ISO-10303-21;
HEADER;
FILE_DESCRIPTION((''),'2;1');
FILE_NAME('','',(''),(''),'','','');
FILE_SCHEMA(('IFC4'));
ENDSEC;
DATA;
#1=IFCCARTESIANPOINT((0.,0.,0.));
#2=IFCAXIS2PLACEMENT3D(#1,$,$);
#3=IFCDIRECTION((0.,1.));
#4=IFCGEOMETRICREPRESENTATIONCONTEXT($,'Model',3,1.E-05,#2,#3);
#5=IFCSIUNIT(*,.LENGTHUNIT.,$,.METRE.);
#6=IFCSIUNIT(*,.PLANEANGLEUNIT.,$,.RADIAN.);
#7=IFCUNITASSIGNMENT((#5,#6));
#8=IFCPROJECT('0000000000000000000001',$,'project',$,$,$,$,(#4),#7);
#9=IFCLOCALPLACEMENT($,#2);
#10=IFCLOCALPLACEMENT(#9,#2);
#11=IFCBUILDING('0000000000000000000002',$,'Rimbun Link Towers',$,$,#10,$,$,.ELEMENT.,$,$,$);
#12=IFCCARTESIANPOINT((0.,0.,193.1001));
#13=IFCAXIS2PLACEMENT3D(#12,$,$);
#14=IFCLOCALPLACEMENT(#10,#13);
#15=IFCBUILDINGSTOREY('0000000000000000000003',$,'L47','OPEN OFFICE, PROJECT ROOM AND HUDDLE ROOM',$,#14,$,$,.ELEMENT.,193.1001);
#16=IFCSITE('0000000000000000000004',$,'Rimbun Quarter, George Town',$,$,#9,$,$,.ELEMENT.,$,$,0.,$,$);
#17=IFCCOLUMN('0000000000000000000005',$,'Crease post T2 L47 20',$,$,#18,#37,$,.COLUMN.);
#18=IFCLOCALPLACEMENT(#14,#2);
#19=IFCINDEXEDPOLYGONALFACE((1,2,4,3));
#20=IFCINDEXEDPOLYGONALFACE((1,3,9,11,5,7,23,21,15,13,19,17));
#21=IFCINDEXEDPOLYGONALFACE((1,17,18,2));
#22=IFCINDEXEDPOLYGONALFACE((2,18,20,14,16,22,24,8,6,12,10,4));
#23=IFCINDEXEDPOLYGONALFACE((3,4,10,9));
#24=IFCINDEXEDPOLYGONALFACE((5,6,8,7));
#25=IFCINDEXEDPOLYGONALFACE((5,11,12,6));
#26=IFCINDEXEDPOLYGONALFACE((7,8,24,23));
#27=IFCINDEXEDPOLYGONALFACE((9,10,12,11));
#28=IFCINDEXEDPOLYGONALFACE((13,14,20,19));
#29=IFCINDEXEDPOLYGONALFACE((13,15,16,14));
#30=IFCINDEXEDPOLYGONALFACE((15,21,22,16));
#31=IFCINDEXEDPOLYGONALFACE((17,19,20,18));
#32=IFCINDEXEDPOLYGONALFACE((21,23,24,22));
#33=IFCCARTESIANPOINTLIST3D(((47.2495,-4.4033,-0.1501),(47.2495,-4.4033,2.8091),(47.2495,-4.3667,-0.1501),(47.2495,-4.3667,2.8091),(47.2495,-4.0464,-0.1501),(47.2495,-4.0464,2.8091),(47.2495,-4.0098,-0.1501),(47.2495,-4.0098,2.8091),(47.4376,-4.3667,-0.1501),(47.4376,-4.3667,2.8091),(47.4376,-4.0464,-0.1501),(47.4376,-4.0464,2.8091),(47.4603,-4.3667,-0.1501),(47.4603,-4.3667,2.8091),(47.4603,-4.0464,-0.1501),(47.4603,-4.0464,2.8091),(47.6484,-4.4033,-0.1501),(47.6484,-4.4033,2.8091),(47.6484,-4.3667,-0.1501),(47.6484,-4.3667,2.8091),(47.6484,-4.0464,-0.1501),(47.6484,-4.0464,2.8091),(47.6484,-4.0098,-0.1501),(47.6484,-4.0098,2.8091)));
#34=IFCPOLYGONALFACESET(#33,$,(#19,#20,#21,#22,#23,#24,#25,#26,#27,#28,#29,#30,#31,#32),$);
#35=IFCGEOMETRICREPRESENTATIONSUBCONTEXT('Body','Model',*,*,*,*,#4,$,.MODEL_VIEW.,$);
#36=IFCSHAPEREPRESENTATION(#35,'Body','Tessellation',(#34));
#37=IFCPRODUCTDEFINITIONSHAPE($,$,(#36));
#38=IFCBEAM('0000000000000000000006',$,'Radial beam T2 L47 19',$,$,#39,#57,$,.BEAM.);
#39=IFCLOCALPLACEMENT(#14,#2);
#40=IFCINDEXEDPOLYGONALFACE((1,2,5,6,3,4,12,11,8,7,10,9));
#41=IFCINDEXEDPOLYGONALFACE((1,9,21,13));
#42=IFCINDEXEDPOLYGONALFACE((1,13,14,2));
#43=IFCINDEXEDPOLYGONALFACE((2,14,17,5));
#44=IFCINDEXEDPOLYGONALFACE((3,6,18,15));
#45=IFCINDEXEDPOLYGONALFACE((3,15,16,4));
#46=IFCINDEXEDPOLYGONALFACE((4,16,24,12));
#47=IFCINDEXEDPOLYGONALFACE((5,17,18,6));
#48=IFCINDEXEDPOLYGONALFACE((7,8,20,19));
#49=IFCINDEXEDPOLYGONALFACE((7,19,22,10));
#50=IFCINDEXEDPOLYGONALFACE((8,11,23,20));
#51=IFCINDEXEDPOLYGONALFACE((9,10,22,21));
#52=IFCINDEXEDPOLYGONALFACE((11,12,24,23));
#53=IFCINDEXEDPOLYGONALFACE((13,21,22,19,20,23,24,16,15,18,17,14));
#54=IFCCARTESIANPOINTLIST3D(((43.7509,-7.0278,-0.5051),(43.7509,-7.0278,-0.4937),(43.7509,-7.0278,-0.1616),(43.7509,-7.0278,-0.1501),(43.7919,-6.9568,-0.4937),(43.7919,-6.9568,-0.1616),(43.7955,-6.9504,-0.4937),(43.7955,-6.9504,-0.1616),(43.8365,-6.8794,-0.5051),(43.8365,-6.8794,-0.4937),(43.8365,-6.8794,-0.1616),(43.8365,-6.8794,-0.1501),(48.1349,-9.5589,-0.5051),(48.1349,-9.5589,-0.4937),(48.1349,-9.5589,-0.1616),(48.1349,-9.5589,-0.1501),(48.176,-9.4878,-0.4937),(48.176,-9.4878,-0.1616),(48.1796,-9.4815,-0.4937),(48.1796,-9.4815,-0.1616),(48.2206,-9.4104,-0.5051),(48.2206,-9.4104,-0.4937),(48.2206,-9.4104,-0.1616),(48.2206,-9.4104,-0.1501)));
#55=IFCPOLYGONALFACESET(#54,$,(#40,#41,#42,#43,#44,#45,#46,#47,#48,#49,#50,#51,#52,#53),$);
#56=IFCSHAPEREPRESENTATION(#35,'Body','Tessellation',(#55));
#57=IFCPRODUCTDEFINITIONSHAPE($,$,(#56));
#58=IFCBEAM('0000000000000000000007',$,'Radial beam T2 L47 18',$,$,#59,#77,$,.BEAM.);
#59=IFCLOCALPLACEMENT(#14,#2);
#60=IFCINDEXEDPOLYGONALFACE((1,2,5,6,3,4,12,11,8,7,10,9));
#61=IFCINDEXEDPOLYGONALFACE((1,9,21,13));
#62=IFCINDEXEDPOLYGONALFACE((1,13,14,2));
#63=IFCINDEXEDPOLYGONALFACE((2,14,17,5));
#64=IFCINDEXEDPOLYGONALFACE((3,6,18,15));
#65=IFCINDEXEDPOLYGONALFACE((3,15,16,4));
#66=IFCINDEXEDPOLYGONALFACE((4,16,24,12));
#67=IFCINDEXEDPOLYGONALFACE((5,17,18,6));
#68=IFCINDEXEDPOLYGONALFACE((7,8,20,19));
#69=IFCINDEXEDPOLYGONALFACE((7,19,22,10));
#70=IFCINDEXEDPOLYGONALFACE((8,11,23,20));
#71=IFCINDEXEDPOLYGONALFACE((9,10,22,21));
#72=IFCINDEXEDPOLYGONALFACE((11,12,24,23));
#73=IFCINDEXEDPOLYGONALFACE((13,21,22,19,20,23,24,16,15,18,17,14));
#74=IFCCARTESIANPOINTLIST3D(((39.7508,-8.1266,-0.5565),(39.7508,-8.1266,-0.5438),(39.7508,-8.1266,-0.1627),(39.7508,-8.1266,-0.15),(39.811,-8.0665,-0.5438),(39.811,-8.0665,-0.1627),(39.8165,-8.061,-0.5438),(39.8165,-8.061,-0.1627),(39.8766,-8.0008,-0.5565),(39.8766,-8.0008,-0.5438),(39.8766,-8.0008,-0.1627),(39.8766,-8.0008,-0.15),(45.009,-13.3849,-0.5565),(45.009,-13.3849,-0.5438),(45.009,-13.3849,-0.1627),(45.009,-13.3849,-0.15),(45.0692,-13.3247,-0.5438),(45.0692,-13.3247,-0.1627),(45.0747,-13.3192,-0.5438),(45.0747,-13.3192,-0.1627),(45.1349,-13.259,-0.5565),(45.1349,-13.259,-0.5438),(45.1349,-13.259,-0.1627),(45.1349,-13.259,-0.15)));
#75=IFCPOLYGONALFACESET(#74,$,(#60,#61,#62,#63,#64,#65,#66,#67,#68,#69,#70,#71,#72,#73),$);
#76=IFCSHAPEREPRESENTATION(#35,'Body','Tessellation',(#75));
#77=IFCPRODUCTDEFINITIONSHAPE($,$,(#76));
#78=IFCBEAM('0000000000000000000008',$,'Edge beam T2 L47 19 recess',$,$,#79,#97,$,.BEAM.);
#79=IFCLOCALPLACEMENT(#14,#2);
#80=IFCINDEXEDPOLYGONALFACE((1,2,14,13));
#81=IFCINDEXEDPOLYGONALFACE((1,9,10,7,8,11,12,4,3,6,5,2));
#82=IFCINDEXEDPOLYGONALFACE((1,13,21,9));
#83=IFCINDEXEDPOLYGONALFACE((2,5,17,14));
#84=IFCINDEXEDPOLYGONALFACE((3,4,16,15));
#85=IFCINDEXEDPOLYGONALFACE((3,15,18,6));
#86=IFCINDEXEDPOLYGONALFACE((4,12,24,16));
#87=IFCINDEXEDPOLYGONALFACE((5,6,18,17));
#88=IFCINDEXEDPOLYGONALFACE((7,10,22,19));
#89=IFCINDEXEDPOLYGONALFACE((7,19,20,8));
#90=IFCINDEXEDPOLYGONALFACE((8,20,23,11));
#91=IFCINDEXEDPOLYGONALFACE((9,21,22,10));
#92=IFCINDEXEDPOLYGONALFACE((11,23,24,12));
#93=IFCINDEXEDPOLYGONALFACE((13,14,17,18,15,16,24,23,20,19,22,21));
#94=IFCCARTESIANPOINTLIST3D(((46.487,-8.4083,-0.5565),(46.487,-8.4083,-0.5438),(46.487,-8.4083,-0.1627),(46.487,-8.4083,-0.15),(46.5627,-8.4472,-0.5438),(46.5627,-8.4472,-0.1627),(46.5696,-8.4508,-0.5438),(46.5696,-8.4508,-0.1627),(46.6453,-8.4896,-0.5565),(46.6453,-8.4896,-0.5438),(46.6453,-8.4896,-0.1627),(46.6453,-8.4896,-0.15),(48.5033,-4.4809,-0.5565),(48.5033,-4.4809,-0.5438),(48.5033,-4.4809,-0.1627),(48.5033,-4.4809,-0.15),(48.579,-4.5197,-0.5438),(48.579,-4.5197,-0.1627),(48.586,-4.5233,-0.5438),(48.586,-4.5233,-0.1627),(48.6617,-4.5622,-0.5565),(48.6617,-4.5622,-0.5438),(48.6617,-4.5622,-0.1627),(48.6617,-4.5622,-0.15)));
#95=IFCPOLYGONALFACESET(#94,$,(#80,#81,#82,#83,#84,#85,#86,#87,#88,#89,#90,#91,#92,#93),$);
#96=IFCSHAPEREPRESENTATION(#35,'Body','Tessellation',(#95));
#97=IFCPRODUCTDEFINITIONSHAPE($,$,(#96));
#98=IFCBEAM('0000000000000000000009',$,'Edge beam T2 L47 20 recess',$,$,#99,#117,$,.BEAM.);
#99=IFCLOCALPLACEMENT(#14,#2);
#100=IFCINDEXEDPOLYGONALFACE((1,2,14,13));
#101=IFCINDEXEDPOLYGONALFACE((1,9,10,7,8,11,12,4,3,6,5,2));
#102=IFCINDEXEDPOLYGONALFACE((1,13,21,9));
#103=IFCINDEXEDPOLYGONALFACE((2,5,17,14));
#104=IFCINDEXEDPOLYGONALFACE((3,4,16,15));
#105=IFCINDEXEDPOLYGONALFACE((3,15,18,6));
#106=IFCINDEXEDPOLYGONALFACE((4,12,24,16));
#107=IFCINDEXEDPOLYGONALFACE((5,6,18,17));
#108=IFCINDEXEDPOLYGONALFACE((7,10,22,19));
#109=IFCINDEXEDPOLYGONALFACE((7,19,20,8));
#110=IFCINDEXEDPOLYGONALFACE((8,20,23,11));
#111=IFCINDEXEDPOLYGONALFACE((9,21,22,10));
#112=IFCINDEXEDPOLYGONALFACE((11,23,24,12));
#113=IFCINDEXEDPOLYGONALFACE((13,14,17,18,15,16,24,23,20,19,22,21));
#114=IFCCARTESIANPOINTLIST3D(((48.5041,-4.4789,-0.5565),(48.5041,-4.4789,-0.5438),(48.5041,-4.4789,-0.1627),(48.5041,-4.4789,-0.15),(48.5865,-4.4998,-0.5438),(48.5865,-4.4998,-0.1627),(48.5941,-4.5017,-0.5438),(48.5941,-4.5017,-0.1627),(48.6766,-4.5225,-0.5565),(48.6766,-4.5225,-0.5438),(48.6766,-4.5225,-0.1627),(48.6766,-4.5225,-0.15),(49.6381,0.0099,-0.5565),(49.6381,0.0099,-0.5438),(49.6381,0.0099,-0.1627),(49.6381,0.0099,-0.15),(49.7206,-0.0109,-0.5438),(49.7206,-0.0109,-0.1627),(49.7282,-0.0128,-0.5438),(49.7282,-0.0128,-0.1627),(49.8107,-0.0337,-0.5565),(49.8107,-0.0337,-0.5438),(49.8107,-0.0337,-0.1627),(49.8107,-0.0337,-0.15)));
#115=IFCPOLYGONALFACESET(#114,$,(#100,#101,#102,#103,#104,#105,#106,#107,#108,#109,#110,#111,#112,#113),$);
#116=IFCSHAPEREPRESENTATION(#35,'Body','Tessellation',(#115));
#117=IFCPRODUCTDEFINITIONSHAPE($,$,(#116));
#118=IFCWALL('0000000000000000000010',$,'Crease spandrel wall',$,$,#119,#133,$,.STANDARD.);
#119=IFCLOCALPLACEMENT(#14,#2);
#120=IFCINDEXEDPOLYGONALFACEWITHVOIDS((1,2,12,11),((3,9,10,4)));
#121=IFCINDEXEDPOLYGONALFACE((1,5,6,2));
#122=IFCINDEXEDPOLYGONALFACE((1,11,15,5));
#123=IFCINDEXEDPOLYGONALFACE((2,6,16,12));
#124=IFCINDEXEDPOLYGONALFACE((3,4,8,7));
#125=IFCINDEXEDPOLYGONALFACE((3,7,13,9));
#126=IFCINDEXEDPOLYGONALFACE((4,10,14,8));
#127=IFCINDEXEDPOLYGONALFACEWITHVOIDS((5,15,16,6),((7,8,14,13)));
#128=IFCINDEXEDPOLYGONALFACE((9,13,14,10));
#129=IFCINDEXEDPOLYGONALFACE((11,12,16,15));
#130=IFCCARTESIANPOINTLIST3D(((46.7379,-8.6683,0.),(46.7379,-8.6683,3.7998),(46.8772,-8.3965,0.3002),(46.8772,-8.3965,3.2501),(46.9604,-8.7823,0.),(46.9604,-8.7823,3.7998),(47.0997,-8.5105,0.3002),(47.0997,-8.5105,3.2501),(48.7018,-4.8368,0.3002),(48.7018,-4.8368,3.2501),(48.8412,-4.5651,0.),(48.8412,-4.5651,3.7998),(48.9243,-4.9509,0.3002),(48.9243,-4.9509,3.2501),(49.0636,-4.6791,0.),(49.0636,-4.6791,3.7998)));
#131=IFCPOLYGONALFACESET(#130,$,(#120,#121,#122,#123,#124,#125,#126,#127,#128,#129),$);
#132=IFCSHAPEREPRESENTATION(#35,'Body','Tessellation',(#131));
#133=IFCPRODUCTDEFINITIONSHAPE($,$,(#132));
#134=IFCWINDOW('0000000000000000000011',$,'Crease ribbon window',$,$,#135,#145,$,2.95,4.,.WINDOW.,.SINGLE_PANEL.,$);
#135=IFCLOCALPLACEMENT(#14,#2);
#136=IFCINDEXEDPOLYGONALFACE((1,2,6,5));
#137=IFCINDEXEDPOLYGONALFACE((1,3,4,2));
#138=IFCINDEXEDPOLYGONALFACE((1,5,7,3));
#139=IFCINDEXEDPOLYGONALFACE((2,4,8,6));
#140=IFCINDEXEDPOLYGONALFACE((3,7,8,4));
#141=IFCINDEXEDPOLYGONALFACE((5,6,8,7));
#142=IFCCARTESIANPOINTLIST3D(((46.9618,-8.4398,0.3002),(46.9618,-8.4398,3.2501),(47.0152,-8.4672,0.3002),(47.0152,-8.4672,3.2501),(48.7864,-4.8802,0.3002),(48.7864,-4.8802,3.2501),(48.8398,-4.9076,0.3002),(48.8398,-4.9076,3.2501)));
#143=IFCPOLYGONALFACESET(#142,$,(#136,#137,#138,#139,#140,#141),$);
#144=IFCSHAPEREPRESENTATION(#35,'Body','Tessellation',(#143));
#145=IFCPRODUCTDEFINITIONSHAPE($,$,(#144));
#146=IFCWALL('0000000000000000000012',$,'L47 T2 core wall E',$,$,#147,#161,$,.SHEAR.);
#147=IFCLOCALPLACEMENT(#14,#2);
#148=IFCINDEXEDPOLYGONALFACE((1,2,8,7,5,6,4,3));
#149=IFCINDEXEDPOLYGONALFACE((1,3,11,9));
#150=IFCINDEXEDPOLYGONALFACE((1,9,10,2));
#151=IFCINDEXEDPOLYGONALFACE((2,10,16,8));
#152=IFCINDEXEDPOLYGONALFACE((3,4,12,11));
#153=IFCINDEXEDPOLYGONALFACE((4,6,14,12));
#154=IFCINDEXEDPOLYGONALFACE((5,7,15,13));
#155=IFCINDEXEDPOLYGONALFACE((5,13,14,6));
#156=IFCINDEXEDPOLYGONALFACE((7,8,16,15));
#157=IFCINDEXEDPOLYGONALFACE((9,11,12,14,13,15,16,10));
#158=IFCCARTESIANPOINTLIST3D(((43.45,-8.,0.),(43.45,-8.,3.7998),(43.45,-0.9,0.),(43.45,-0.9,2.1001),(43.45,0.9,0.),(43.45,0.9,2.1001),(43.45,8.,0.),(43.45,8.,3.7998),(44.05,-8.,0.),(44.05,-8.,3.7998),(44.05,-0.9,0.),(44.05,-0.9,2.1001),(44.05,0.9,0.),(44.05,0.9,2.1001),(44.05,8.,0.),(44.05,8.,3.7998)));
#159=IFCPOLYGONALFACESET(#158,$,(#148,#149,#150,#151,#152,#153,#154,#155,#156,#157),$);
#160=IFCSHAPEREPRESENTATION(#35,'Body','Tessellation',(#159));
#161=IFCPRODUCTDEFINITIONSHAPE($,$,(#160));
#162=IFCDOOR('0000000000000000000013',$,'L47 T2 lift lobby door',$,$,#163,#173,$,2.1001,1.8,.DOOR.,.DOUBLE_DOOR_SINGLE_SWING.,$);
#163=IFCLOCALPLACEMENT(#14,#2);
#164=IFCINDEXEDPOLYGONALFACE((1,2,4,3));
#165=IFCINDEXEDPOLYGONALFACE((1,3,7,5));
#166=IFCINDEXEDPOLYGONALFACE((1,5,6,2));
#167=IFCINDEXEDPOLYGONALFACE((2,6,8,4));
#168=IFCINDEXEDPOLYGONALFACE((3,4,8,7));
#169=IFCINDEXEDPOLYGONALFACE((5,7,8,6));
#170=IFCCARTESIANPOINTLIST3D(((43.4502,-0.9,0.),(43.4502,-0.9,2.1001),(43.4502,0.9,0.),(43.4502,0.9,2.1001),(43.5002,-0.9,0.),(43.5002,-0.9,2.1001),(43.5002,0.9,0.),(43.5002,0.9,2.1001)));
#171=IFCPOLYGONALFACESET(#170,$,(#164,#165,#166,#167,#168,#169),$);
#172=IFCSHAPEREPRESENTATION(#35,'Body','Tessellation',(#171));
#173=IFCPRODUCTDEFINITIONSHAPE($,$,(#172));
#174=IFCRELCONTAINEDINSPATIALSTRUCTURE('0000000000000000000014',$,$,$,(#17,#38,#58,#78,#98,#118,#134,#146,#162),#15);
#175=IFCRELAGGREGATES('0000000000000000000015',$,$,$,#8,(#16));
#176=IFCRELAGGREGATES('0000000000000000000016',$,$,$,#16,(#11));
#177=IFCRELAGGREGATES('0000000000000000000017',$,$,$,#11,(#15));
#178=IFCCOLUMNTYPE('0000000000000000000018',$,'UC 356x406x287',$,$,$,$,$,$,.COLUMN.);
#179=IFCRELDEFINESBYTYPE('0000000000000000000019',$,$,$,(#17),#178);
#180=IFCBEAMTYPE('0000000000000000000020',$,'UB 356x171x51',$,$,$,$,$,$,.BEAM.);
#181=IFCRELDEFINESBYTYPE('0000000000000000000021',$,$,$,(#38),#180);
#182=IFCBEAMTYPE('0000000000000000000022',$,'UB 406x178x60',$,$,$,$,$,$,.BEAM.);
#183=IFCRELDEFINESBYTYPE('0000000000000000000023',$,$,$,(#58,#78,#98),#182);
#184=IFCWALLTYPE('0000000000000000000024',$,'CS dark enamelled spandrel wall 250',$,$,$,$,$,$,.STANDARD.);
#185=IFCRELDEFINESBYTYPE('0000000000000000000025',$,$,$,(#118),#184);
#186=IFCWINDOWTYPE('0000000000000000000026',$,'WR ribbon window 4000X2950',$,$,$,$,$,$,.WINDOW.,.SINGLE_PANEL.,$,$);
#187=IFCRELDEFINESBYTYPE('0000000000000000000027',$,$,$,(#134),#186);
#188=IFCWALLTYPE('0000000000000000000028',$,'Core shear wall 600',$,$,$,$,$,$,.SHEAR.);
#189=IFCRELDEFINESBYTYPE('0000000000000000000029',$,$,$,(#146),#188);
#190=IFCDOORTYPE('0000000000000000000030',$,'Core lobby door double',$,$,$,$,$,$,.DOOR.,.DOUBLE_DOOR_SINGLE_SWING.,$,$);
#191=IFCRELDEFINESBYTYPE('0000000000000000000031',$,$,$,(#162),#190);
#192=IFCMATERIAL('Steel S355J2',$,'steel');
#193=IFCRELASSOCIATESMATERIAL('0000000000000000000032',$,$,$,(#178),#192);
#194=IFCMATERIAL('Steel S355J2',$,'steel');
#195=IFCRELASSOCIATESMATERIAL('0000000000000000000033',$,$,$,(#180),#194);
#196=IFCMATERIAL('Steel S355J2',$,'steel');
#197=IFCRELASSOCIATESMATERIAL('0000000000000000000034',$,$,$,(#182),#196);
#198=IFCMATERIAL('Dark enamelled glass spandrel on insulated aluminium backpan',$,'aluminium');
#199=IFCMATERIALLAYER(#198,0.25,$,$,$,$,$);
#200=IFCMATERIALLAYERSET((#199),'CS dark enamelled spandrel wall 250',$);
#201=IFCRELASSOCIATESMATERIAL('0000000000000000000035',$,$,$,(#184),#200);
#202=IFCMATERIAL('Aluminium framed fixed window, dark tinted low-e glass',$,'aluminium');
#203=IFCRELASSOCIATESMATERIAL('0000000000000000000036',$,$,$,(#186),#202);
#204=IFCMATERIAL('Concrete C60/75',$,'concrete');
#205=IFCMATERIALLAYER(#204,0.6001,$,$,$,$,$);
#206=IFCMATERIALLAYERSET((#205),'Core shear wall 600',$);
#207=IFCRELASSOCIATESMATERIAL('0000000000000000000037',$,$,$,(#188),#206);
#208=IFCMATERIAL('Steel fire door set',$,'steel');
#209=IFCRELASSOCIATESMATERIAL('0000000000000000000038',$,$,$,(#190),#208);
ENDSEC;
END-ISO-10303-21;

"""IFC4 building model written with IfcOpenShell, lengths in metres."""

from ifc_helpers import new_model, si_unit, direction, frame, frame_2d, origin, origin_2d, place, context, subcontext, project, spatial, rectangle, i_section, extrude, material, layer, layer_set, material_profile, profile_set, type_object, element, fill, save


model = new_model("IFC4")

# Units and contexts
model_context = context("Model", 3, precision=1e-05, world=origin(), true_north=direction((0.0, 1.0)))
body_context = subcontext(model_context, "Body", "Model", "MODEL_VIEW")
ifc_project = project(units=[si_unit("LENGTHUNIT", "METRE"), si_unit("PLANEANGLEUNIT", "RADIAN")], contexts=[model_context])

# Site, building, storey
site_placement = place(None, origin())
site = spatial("IfcSite", under=ifc_project, at=site_placement, Name="Rimbun Quarter, George Town", CompositionType="ELEMENT", RefElevation=0.0)
building_placement = place(site_placement, origin())
building = spatial("IfcBuilding", under=site, at=building_placement, Name="Rimbun Link Towers", CompositionType="ELEMENT")
storey_placement = place(building_placement, frame((0.0, 0.0, 193.1001)))
storey = spatial("IfcBuildingStorey", under=building, at=storey_placement, Name="L47", Description="OPEN OFFICE, PROJECT ROOM AND HUDDLE ROOM", CompositionType="ELEMENT", Elevation=193.1001)

# Column
ifc_material_1 = material(Name="Steel S355J2", Category="steel")
ifc_material_profile_1 = material_profile(ifc_material_1, i_section(OverallWidth=0.3989, OverallDepth=0.3936, WebThickness=0.0227, FlangeThickness=0.0366, at=origin_2d()), Name="UC 356x406x287")
ifc_profile_set_1 = profile_set([ifc_material_profile_1], Name="Steel S355J2")
column_type = type_object("IfcColumnType", Name="UC 356x406x287", PredefinedType="COLUMN", material=ifc_profile_set_1)
column_placement = place(storey_placement, frame((47.449, -4.2065, -0.1501), z_axis=(0.0, 0.0, 1.0), x_axis=(1.0, 0.0, 0.0)))
element("IfcColumn", 1, at=column_placement, inside=storey, type_object=column_type, Name="Crease post T2 L47 20", PredefinedType="COLUMN", context=body_context, shape_type="SweptSolid", body=[
    extrude(i_section(OverallWidth=0.3989, OverallDepth=0.3936, WebThickness=0.0227, FlangeThickness=0.0366, at=origin_2d()), origin(), (0.0, 0.0, 1.0), 2.9592),
])

# Beams
ifc_material_2 = material(Name="Steel S355J2", Category="steel")
ifc_material_profile_2 = material_profile(ifc_material_2, i_section(OverallWidth=0.1714, OverallDepth=0.355, WebThickness=0.0073, FlangeThickness=0.0115, at=origin_2d()), Name="UB 356x171x51")
ifc_profile_set_2 = profile_set([ifc_material_profile_2], Name="Steel S355J2")
beam_type_1 = type_object("IfcBeamType", Name="UB 356x171x51", PredefinedType="BEAM", material=ifc_profile_set_2)
beam_1_placement = place(storey_placement, frame((43.7937, -6.9536, -0.3276), z_axis=(0.866035, -0.499983, 0.0), x_axis=(0.499983, 0.866035, 0.0)))
element("IfcBeam", 2, at=beam_1_placement, inside=storey, type_object=beam_type_1, Name="Radial beam T2 L47 19", PredefinedType="BEAM", context=body_context, shape_type="SweptSolid", body=[
    extrude(i_section(OverallWidth=0.1714, OverallDepth=0.355, WebThickness=0.0073, FlangeThickness=0.0115, at=origin_2d()), origin(), (0.0, 0.0, 1.0), 5.0623),
])
ifc_material_3 = material(Name="Steel S355J2", Category="steel")
ifc_material_profile_3 = material_profile(ifc_material_3, i_section(OverallWidth=0.178, OverallDepth=0.4065, WebThickness=0.0078, FlangeThickness=0.0127, at=origin_2d()), Name="UB 406x178x60")
ifc_profile_set_3 = profile_set([ifc_material_profile_3], Name="Steel S355J2")
beam_type_2 = type_object("IfcBeamType", Name="UB 406x178x60", PredefinedType="BEAM", material=ifc_profile_set_3)
beam_2_placement = place(storey_placement, frame((39.8137, -8.0637, -0.3533), z_axis=(0.707107, -0.707107, 0.0), x_axis=(0.707107, 0.707107, 0.0)))
element("IfcBeam", 3, at=beam_2_placement, inside=storey, type_object=beam_type_2, Name="Radial beam T2 L47 18", PredefinedType="BEAM", context=body_context, shape_type="SweptSolid", body=[
    extrude(i_section(OverallWidth=0.178, OverallDepth=0.4065, WebThickness=0.0078, FlangeThickness=0.0127, at=origin_2d()), origin(), (0.0, 0.0, 1.0), 7.4363),
])
beam_3_placement = place(storey_placement, frame((46.5662, -8.449, -0.3533), z_axis=(0.456722, 0.88961, 0.0), x_axis=(-0.88961, 0.456722, 0.0)))
element("IfcBeam", 4, at=beam_3_placement, inside=storey, type_object=beam_type_2, Name="Edge beam T2 L47 19 recess", PredefinedType="BEAM", context=body_context, shape_type="SweptSolid", body=[
    extrude(i_section(OverallWidth=0.178, OverallDepth=0.4065, WebThickness=0.0078, FlangeThickness=0.0127, at=origin_2d()), origin(), (0.0, 0.0, 1.0), 4.4148),
])
beam_4_placement = place(storey_placement, frame((48.5903, -4.5007, -0.3533), z_axis=(0.244942, 0.969538, 0.0), x_axis=(-0.969538, 0.244942, 0.0)))
element("IfcBeam", 5, at=beam_4_placement, inside=storey, type_object=beam_type_2, Name="Edge beam T2 L47 20 recess", PredefinedType="BEAM", context=body_context, shape_type="SweptSolid", body=[
    extrude(i_section(OverallWidth=0.178, OverallDepth=0.4065, WebThickness=0.0078, FlangeThickness=0.0127, at=origin_2d()), origin(), (0.0, 0.0, 1.0), 4.6299),
])

# Shared definitions
ifc_material_4 = material(Name="Dark enamelled glass spandrel on insulated aluminium backpan", Category="aluminium")
ifc_layer_1 = layer(ifc_material_4, 0.25)
ifc_layer_set_1 = layer_set([ifc_layer_1], Name="CS dark enamelled spandrel wall 250")
wall_type_1 = type_object("IfcWallType", Name="CS dark enamelled spandrel wall 250", PredefinedType="STANDARD", material=ifc_layer_set_1)

# Wall, opening, window
wall_1_placement = place(storey_placement, frame((48.9524, -4.6221, 0.0), z_axis=(0.0, 0.0, 1.0), x_axis=(-0.45615, -0.889903, 0.0)))
wall_1 = element("IfcWall", 6, at=wall_1_placement, inside=storey, type_object=wall_type_1, Name="Crease spandrel wall", PredefinedType="STANDARD", context=body_context, shape_type="SweptSolid", body=[
    extrude(rectangle(XDim=4.6108, YDim=0.25, at=frame_2d((2.3054, 0.0))), origin(), (0.0, 0.0, 1.0), 3.7998),
])
opening_1_placement = place(wall_1_placement, frame((0.3054, 0.0, 0.3)))
opening_1 = element("IfcOpeningElement", 7, at=opening_1_placement, cuts=wall_1, PredefinedType="OPENING", context=body_context, shape_type="SweptSolid", body=[
    extrude(rectangle(XDim=4.0, YDim=2.95, at=frame_2d((2.0, 1.4751))), frame((0.0, 0.135, 0.0), z_axis=(0.0, -1.0, 0.0), x_axis=(1.0, 0.0, 0.0)), (0.0, 0.0, 1.0), 0.27),
])
ifc_material_5 = material(Name="Aluminium framed fixed window, dark tinted low-e glass", Category="aluminium")
window_type_1 = type_object("IfcWindowType", Name="WR ribbon window 4000X2950", PartitioningType="SINGLE_PANEL", PredefinedType="WINDOW", material=ifc_material_5)
window_1_placement = place(opening_1_placement, origin())
window_1 = element("IfcWindow", 8, at=window_1_placement, inside=storey, type_object=window_type_1, Name="Crease ribbon window", OverallHeight=2.95, OverallWidth=4.0, PartitioningType="SINGLE_PANEL", PredefinedType="WINDOW", context=body_context, shape_type="SweptSolid", body=[
    extrude(rectangle(XDim=4.0, YDim=2.95, at=frame_2d((2.0, 1.4751))), frame((0.0, 0.03, 0.0), z_axis=(0.0, -1.0, 0.0), x_axis=(1.0, 0.0, 0.0)), (0.0, 0.0, 1.0), 0.0601),
])
fill(opening_1, window_1)

# Wall, opening, door
ifc_material_6 = material(Name="Concrete C60/75", Category="concrete")
ifc_layer_2 = layer(ifc_material_6, 0.6001)
ifc_layer_set_2 = layer_set([ifc_layer_2], Name="Core shear wall 600")
wall_type_2 = type_object("IfcWallType", Name="Core shear wall 600", PredefinedType="SHEAR", material=ifc_layer_set_2)
wall_2_placement = place(storey_placement, frame((43.75, -8.0, 0.0), z_axis=(0.0, 0.0, 1.0), x_axis=(0.0, 1.0, 0.0)))
wall_2 = element("IfcWall", 9, at=wall_2_placement, inside=storey, type_object=wall_type_2, Name="L47 T2 core wall E", PredefinedType="SHEAR", context=body_context, shape_type="SweptSolid", body=[
    extrude(rectangle(XDim=16.0, YDim=0.6001, at=frame_2d((8.0, 0.0))), origin(), (0.0, 0.0, 1.0), 3.7998),
])
opening_2_placement = place(wall_2_placement, frame((7.1001, 0.0, 0.0)))
opening_2 = element("IfcOpeningElement", 10, at=opening_2_placement, cuts=wall_2, PredefinedType="OPENING", context=body_context, shape_type="SweptSolid", body=[
    extrude(rectangle(XDim=1.8, YDim=2.1001, at=frame_2d((0.8999, 1.05))), frame((0.0, 0.3101, 0.0), z_axis=(0.0, -1.0, 0.0), x_axis=(1.0, 0.0, 0.0)), (0.0, 0.0, 1.0), 0.6201),
])
ifc_material_7 = material(Name="Steel fire door set", Category="steel")
door_type_1 = type_object("IfcDoorType", Name="Core lobby door double", OperationType="DOUBLE_DOOR_SINGLE_SWING", PredefinedType="DOOR", material=ifc_material_7)
door_1_placement = place(opening_2_placement, origin())
door_1 = element("IfcDoor", 11, at=door_1_placement, inside=storey, type_object=door_type_1, Name="L47 T2 lift lobby door", OperationType="DOUBLE_DOOR_SINGLE_SWING", OverallHeight=2.1001, OverallWidth=1.8, PredefinedType="DOOR", context=body_context, shape_type="SweptSolid", body=[
    extrude(rectangle(XDim=1.8, YDim=2.1001, at=frame_2d((0.8999, 1.05))), frame((0.0, 0.2998, 0.0), z_axis=(0.0, -1.0, 0.0), x_axis=(1.0, 0.0, 0.0)), (0.0, 0.0, 1.0), 0.05),
])
fill(opening_2, door_1)

save(model, "model.ifc")
